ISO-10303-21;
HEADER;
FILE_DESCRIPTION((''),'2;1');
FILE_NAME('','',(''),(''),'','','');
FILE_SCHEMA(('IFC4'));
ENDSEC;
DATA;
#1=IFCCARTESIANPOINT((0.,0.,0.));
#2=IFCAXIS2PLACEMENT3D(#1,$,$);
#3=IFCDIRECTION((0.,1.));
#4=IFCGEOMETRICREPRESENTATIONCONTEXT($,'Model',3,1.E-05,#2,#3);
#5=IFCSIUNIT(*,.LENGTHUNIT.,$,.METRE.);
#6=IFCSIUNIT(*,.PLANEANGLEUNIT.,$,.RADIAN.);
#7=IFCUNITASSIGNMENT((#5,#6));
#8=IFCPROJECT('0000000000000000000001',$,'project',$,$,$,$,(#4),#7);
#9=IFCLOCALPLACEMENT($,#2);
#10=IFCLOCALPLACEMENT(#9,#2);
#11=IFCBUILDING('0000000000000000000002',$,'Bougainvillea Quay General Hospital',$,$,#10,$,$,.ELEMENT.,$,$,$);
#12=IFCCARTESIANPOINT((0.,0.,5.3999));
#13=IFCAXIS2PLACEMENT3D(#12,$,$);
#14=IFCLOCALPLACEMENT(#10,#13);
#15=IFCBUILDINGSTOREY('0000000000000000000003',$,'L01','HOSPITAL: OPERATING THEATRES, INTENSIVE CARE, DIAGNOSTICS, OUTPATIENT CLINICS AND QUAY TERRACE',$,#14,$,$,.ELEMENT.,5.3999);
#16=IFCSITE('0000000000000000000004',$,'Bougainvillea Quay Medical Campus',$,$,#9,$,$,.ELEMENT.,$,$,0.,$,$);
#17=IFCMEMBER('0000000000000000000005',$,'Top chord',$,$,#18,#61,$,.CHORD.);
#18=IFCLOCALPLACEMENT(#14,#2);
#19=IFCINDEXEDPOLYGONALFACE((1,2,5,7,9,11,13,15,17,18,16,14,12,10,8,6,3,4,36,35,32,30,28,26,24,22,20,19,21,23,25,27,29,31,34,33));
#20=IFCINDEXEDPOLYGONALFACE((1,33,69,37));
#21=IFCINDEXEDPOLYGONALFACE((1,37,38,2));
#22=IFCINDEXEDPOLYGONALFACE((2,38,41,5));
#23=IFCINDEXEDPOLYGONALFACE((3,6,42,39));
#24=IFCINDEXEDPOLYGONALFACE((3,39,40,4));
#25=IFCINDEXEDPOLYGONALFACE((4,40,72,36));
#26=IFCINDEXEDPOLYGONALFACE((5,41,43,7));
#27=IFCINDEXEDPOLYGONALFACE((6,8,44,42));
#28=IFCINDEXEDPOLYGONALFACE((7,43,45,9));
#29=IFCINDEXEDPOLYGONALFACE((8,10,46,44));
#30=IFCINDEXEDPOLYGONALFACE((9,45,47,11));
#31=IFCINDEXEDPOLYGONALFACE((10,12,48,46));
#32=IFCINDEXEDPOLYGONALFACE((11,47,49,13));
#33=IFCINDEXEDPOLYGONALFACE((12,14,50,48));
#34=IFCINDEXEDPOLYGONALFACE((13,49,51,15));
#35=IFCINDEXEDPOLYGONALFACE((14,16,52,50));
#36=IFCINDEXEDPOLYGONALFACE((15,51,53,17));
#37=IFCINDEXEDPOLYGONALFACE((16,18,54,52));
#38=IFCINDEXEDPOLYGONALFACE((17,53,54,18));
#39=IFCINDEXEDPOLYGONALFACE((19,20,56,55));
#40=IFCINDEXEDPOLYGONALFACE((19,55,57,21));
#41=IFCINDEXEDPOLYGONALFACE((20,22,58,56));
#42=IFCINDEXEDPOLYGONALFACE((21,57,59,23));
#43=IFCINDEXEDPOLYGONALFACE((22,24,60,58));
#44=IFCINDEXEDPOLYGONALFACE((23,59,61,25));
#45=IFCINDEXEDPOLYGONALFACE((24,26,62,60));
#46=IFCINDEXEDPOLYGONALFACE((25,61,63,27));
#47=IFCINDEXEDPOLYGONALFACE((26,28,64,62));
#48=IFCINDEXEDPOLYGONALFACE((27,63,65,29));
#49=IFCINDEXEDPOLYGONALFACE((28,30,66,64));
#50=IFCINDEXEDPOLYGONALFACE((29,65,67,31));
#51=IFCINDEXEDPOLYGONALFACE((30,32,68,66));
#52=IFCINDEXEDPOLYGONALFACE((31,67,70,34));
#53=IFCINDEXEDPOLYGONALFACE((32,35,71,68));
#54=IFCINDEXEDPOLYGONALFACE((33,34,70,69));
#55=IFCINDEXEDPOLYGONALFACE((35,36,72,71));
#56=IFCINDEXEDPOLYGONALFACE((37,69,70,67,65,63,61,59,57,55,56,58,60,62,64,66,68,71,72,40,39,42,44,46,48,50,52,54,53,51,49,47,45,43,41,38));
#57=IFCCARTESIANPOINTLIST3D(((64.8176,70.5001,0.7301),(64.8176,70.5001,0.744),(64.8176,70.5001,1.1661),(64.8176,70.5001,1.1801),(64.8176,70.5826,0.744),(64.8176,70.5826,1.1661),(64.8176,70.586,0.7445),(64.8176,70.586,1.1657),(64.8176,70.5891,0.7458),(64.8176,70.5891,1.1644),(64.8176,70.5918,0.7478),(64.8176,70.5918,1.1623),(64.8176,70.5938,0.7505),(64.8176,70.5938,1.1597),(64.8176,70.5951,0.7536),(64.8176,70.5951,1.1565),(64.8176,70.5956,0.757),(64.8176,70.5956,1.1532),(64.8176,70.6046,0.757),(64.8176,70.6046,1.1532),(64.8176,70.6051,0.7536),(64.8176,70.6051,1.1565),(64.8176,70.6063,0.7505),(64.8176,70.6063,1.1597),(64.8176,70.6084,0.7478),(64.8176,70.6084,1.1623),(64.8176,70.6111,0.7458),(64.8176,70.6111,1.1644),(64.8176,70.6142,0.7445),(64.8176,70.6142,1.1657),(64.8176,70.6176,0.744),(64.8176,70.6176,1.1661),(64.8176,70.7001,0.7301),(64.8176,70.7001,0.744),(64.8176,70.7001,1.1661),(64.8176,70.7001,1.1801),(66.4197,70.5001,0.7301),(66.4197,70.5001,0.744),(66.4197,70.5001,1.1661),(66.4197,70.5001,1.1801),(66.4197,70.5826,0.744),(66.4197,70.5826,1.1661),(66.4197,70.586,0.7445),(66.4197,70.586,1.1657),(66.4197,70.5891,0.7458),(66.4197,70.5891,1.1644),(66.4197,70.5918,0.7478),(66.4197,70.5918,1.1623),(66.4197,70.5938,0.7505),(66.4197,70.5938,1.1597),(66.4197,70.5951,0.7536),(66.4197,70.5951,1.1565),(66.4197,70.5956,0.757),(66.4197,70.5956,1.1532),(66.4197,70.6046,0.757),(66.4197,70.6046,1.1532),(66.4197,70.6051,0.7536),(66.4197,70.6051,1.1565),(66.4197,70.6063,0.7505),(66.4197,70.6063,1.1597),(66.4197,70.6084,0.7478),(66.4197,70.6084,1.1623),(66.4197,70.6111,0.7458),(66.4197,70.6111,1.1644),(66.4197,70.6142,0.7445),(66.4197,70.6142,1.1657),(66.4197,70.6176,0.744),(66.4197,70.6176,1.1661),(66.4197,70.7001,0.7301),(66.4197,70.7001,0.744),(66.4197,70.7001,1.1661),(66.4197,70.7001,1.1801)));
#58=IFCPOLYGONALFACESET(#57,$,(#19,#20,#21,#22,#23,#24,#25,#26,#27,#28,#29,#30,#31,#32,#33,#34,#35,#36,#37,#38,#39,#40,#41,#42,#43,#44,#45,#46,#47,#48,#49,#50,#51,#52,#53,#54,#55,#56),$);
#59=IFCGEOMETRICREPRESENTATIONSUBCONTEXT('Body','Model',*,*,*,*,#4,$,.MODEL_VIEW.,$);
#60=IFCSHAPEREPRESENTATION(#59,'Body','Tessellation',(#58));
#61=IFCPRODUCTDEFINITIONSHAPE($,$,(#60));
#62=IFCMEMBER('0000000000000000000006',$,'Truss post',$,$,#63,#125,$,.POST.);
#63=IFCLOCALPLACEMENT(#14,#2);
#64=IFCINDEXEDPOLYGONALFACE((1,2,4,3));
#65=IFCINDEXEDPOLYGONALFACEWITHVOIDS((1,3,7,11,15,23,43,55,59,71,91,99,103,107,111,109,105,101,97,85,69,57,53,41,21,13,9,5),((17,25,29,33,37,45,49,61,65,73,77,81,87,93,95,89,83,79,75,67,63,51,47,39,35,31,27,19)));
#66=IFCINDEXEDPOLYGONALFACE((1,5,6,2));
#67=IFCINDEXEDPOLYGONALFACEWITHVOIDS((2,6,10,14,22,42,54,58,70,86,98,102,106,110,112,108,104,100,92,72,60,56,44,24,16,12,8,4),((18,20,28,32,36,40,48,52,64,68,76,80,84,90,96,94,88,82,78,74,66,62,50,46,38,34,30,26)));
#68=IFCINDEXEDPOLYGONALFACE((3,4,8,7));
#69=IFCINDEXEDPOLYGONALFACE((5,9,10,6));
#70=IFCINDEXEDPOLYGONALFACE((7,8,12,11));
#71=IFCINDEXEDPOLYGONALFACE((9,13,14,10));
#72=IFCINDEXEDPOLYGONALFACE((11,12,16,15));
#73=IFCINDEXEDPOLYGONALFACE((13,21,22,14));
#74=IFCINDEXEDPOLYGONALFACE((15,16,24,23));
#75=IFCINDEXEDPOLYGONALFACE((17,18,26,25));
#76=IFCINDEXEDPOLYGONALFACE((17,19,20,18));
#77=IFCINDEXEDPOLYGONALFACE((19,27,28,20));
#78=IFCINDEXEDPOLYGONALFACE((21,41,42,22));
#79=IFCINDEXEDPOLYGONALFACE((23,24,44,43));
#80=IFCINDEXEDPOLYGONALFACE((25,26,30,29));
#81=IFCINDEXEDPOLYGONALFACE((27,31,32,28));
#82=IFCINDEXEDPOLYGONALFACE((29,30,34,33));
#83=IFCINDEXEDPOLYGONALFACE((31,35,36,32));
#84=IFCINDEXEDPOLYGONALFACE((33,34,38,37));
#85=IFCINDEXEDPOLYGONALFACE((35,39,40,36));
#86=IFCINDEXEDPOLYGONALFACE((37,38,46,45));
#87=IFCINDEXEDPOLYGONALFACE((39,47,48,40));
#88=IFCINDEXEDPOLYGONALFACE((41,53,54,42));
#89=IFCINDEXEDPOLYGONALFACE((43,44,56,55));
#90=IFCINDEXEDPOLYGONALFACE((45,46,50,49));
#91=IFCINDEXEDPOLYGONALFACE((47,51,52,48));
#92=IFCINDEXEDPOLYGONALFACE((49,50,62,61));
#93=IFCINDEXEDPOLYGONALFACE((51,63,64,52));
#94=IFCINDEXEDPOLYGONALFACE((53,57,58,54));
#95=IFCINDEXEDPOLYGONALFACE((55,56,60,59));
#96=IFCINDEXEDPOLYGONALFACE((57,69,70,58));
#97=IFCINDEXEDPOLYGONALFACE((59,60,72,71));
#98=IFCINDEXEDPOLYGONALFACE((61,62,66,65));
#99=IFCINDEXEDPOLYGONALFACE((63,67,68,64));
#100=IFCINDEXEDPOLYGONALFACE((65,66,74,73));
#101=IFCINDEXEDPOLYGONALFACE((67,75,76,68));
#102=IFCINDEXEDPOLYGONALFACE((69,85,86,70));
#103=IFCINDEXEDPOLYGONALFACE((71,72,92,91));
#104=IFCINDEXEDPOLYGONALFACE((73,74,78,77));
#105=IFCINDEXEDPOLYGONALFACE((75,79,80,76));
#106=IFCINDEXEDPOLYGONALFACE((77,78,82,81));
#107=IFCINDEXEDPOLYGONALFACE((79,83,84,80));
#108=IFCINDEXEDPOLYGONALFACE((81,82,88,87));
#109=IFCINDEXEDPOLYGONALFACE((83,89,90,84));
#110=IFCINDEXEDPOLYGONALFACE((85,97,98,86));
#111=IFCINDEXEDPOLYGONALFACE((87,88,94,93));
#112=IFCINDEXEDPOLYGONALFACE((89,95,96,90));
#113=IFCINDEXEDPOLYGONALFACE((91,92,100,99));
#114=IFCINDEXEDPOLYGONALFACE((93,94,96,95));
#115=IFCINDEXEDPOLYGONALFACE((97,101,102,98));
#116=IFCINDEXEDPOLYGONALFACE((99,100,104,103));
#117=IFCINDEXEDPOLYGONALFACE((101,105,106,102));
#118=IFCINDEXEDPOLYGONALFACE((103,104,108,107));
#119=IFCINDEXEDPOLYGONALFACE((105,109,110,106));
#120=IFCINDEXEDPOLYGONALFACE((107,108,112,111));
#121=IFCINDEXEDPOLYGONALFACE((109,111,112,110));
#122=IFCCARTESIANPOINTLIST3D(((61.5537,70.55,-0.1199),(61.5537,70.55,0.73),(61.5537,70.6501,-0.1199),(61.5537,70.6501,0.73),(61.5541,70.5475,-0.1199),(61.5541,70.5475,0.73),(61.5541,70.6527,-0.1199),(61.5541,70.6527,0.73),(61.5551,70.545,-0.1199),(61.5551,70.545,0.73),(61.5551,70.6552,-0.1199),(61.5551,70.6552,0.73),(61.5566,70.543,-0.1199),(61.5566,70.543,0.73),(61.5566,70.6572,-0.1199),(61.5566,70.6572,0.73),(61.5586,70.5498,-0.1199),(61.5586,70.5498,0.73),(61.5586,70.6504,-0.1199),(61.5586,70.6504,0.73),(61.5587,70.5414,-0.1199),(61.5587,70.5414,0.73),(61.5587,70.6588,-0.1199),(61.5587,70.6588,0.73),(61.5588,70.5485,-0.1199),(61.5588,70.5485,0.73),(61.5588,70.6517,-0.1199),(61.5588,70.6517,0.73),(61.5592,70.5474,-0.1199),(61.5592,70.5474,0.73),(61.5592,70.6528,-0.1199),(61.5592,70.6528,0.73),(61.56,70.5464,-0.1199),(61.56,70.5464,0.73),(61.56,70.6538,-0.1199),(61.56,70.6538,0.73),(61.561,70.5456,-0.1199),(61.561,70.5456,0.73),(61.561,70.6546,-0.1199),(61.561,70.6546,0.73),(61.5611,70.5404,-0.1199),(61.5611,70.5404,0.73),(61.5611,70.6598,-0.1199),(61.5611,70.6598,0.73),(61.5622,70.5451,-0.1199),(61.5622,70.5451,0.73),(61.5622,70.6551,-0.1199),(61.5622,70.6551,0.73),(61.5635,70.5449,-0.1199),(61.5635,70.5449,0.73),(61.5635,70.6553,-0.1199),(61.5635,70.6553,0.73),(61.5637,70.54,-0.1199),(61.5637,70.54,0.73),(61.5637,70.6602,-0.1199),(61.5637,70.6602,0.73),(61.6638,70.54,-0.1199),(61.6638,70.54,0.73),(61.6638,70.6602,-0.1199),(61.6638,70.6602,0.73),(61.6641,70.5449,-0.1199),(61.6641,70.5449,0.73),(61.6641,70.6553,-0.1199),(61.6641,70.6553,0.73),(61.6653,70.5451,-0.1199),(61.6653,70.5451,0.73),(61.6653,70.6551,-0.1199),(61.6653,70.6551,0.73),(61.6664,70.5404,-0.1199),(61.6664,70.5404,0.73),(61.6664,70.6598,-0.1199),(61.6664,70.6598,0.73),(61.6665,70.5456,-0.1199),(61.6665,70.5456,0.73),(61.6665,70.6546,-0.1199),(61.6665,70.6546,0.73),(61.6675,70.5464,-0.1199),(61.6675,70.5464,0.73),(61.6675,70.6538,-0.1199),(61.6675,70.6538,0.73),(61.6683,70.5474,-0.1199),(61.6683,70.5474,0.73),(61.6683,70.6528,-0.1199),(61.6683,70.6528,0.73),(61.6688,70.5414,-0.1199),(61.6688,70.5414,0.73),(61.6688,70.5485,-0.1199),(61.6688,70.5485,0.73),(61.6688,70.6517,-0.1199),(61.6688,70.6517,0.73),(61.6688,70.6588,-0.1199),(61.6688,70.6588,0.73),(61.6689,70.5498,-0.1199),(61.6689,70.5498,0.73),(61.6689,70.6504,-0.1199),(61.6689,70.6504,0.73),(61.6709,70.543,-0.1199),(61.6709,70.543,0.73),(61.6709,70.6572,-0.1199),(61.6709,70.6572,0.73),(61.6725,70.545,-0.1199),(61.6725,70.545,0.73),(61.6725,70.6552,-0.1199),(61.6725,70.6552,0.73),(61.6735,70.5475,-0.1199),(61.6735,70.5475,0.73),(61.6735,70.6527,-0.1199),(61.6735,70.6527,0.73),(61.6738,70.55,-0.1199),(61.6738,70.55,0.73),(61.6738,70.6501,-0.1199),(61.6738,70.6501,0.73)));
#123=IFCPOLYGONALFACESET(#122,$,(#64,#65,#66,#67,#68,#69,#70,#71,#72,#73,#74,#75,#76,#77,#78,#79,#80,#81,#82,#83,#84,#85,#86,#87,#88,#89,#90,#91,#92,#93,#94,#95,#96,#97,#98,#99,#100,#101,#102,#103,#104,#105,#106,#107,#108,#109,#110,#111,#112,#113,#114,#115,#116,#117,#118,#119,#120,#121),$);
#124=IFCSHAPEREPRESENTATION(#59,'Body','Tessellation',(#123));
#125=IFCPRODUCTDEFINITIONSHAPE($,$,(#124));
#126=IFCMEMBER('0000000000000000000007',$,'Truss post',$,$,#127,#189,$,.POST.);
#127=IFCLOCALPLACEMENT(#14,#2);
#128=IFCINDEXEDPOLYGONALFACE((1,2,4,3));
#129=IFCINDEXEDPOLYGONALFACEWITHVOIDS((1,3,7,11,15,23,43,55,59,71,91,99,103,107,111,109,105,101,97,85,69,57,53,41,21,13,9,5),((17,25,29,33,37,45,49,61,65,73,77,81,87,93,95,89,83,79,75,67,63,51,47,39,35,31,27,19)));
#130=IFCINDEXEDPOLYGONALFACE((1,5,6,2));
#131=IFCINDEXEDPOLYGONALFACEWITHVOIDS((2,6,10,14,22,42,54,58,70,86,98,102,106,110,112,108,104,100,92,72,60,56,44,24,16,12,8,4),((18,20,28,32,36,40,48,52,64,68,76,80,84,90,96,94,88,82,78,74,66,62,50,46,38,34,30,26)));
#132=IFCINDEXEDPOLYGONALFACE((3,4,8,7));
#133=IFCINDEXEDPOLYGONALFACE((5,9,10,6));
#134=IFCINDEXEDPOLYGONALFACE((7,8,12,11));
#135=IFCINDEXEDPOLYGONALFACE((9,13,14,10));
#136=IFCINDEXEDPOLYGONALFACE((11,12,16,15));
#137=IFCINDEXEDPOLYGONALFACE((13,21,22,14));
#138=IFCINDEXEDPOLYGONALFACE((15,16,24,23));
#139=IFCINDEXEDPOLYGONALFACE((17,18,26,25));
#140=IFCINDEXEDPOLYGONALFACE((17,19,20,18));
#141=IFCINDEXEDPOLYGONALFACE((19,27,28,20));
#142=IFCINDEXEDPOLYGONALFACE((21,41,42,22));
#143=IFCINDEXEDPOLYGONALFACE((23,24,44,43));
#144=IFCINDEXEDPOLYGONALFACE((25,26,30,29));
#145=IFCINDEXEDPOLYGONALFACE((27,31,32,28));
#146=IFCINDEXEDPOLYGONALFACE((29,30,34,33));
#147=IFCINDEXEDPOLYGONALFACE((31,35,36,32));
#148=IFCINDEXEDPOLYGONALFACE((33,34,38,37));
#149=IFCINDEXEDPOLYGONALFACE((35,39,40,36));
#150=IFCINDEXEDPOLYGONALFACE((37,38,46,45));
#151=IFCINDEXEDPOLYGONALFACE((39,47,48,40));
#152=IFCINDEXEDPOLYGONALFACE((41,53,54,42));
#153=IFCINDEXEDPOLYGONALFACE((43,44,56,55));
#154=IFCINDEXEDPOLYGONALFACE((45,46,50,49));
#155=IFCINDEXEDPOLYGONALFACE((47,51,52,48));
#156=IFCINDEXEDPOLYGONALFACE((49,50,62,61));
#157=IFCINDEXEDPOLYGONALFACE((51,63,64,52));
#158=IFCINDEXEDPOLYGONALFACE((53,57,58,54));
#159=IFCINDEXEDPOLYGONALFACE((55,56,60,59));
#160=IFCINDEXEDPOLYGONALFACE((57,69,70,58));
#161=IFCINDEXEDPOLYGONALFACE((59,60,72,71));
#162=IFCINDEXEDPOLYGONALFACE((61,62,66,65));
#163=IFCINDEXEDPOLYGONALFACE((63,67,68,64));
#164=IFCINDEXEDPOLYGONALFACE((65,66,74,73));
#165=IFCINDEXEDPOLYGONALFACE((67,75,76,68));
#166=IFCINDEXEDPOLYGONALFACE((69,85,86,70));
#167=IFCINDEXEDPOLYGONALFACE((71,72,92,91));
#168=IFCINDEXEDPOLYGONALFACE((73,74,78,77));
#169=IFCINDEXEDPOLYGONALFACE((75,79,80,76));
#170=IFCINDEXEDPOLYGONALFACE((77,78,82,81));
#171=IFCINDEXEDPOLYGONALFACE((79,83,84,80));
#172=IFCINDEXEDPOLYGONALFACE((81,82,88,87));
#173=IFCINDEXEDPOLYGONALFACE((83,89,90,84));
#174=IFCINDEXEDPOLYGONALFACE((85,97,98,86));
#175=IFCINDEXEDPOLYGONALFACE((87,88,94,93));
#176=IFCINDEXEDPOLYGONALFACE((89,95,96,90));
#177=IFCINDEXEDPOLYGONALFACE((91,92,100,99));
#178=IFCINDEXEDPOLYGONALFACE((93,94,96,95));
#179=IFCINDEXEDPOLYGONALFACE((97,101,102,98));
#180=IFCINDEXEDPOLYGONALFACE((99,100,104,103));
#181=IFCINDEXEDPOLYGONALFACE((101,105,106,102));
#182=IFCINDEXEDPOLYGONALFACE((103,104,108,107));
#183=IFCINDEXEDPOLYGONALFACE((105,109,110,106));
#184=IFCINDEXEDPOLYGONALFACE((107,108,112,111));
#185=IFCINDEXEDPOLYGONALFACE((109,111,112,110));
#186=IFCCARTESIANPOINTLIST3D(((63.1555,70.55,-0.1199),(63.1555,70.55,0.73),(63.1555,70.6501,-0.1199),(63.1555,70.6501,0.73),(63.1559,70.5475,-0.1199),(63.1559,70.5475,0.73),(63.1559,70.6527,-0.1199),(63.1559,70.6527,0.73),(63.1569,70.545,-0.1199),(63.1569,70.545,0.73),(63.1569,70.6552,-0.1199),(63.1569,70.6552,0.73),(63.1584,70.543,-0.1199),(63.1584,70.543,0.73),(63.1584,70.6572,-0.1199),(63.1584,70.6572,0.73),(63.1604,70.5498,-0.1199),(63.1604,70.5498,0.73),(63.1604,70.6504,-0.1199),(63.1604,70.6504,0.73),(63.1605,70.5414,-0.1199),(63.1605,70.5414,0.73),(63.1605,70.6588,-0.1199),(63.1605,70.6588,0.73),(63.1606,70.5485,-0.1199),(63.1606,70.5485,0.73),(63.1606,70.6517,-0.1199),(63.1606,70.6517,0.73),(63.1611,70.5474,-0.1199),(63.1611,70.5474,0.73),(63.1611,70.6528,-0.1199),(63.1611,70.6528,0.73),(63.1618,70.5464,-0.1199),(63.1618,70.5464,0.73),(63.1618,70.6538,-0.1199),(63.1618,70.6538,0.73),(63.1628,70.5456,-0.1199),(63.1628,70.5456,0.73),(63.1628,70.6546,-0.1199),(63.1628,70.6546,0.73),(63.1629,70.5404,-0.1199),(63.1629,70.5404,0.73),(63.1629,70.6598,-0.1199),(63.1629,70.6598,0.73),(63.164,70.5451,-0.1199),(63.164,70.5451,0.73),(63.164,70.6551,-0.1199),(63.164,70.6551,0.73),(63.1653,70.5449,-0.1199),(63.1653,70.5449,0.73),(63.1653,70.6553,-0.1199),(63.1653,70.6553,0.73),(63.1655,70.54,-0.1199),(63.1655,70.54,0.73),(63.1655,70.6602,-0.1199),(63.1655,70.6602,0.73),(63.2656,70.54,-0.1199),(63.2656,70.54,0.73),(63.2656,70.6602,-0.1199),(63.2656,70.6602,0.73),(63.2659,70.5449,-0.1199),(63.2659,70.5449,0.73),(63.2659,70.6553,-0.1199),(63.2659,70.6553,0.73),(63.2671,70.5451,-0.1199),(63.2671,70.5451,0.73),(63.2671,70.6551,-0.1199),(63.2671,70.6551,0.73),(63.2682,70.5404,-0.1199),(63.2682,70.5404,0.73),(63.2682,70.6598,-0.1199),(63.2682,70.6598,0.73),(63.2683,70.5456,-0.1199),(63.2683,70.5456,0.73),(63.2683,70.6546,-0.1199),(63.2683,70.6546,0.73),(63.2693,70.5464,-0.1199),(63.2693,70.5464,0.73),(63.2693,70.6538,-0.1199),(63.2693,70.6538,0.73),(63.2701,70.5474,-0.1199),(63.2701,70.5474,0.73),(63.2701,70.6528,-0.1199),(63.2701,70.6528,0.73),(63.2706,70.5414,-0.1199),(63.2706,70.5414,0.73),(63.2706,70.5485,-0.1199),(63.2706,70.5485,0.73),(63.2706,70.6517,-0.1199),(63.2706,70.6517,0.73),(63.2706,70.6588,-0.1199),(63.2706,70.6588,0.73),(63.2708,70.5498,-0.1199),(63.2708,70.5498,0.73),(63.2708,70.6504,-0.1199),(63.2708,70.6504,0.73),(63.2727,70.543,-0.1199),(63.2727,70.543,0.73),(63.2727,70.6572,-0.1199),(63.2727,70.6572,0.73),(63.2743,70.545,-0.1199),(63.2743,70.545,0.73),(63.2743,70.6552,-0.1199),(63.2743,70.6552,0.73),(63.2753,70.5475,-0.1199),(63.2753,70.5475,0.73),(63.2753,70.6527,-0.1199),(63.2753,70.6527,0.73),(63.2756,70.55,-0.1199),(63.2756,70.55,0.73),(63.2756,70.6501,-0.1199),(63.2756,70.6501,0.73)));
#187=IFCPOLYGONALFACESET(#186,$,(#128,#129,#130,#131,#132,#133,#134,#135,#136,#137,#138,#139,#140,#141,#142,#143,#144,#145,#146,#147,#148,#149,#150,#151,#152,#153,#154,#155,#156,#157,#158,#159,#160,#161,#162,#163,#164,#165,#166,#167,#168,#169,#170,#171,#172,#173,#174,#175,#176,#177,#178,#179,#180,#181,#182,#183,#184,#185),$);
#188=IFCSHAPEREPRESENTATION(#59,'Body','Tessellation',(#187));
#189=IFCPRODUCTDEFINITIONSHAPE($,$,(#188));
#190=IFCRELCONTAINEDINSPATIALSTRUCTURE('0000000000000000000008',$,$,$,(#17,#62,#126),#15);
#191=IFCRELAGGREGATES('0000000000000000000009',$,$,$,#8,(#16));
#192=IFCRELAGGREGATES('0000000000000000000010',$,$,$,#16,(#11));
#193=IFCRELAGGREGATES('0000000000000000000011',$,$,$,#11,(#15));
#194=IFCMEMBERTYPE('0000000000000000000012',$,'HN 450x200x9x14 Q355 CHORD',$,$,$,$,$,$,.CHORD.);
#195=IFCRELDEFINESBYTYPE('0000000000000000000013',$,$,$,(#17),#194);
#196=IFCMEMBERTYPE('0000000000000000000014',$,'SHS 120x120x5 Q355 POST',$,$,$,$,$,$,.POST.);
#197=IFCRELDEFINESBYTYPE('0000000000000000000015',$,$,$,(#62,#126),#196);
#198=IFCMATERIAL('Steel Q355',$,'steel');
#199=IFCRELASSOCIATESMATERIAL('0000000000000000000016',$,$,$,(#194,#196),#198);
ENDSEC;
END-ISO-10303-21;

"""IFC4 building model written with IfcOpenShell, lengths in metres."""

from ifc_helpers import new_model, si_unit, direction, frame, origin, origin_2d, place, context, subcontext, project, spatial, hollow_rectangle, i_section, extrude, material, material_profile, profile_set, type_object, element, save


model = new_model("IFC4")

# Units and contexts
model_context = context("Model", 3, precision=1e-05, world=origin(), true_north=direction((0.0, 1.0)))
body_context = subcontext(model_context, "Body", "Model", "MODEL_VIEW")
ifc_project = project(units=[si_unit("LENGTHUNIT", "METRE"), si_unit("PLANEANGLEUNIT", "RADIAN")], contexts=[model_context])

# Site, building, storey
site_placement = place(None, origin())
site = spatial("IfcSite", under=ifc_project, at=site_placement, Name="Bougainvillea Quay Medical Campus", CompositionType="ELEMENT", RefElevation=0.0)
building_placement = place(site_placement, origin())
building = spatial("IfcBuilding", under=site, at=building_placement, Name="Bougainvillea Quay General Hospital", CompositionType="ELEMENT")
storey_placement = place(building_placement, frame((0.0, 0.0, 5.3999)))
storey = spatial("IfcBuildingStorey", under=building, at=storey_placement, Name="L01", Description="HOSPITAL: OPERATING THEATRES, INTENSIVE CARE, DIAGNOSTICS, OUTPATIENT CLINICS AND QUAY TERRACE", CompositionType="ELEMENT", Elevation=5.3999)

# Members
ifc_material_1 = material(Name="Steel Q355", Category="steel")
ifc_material_profile_1 = material_profile(ifc_material_1, i_section(OverallWidth=0.2, OverallDepth=0.45, WebThickness=0.009, FlangeThickness=0.0139, FilletRadius=0.0129, at=origin_2d()))
ifc_profile_set_1 = profile_set([ifc_material_profile_1], Name="Steel Q355")
member_type_1 = type_object("IfcMemberType", Name="HN 450x200x9x14 Q355 CHORD", PredefinedType="CHORD", material=ifc_profile_set_1)
for number, where, z_axis, x_axis, name in (
    (1, (64.8176, 70.6001, 0.9551), (1.0, 0.0, 0.0), (0.0, 1.0, 0.0), "Top chord"),
):
    element("IfcMember", number, at=place(storey_placement, frame(where, z_axis=z_axis, x_axis=x_axis)), inside=storey, type_object=member_type_1, Name=name, PredefinedType="CHORD", context=body_context, shape_type="SweptSolid", body=[
        extrude(i_section(OverallWidth=0.2, OverallDepth=0.45, WebThickness=0.009, FlangeThickness=0.0139, FilletRadius=0.0129, at=origin_2d()), origin(), (0.0, 0.0, 1.0), 1.6021),
    ])
ifc_material_profile_2 = material_profile(ifc_material_1, hollow_rectangle(XDim=0.1201, YDim=0.1201, WallThickness=0.0049, InnerFilletRadius=0.0049, OuterFilletRadius=0.01, at=origin_2d()))
ifc_profile_set_2 = profile_set([ifc_material_profile_2], Name="Steel Q355")
member_type_2 = type_object("IfcMemberType", Name="SHS 120x120x5 Q355 POST", PredefinedType="POST", material=ifc_profile_set_2)
for number, where, z_axis, x_axis, name in (
    (2, (61.6138, 70.6001, -0.1199), (0.0, 0.0, 1.0), (1.0, 0.0, 0.0), "Truss post"),
    (3, (63.2156, 70.6001, -0.1199), (0.0, 0.0, 1.0), (1.0, 0.0, 0.0), "Truss post"),
):
    element("IfcMember", number, at=place(storey_placement, frame(where, z_axis=z_axis, x_axis=x_axis)), inside=storey, type_object=member_type_2, Name=name, PredefinedType="POST", context=body_context, shape_type="SweptSolid", body=[
        extrude(hollow_rectangle(XDim=0.1201, YDim=0.1201, WallThickness=0.0049, InnerFilletRadius=0.0049, OuterFilletRadius=0.01, at=origin_2d()), origin(), (0.0, 0.0, 1.0), 0.8499),
    ])

save(model, "model.ifc")
